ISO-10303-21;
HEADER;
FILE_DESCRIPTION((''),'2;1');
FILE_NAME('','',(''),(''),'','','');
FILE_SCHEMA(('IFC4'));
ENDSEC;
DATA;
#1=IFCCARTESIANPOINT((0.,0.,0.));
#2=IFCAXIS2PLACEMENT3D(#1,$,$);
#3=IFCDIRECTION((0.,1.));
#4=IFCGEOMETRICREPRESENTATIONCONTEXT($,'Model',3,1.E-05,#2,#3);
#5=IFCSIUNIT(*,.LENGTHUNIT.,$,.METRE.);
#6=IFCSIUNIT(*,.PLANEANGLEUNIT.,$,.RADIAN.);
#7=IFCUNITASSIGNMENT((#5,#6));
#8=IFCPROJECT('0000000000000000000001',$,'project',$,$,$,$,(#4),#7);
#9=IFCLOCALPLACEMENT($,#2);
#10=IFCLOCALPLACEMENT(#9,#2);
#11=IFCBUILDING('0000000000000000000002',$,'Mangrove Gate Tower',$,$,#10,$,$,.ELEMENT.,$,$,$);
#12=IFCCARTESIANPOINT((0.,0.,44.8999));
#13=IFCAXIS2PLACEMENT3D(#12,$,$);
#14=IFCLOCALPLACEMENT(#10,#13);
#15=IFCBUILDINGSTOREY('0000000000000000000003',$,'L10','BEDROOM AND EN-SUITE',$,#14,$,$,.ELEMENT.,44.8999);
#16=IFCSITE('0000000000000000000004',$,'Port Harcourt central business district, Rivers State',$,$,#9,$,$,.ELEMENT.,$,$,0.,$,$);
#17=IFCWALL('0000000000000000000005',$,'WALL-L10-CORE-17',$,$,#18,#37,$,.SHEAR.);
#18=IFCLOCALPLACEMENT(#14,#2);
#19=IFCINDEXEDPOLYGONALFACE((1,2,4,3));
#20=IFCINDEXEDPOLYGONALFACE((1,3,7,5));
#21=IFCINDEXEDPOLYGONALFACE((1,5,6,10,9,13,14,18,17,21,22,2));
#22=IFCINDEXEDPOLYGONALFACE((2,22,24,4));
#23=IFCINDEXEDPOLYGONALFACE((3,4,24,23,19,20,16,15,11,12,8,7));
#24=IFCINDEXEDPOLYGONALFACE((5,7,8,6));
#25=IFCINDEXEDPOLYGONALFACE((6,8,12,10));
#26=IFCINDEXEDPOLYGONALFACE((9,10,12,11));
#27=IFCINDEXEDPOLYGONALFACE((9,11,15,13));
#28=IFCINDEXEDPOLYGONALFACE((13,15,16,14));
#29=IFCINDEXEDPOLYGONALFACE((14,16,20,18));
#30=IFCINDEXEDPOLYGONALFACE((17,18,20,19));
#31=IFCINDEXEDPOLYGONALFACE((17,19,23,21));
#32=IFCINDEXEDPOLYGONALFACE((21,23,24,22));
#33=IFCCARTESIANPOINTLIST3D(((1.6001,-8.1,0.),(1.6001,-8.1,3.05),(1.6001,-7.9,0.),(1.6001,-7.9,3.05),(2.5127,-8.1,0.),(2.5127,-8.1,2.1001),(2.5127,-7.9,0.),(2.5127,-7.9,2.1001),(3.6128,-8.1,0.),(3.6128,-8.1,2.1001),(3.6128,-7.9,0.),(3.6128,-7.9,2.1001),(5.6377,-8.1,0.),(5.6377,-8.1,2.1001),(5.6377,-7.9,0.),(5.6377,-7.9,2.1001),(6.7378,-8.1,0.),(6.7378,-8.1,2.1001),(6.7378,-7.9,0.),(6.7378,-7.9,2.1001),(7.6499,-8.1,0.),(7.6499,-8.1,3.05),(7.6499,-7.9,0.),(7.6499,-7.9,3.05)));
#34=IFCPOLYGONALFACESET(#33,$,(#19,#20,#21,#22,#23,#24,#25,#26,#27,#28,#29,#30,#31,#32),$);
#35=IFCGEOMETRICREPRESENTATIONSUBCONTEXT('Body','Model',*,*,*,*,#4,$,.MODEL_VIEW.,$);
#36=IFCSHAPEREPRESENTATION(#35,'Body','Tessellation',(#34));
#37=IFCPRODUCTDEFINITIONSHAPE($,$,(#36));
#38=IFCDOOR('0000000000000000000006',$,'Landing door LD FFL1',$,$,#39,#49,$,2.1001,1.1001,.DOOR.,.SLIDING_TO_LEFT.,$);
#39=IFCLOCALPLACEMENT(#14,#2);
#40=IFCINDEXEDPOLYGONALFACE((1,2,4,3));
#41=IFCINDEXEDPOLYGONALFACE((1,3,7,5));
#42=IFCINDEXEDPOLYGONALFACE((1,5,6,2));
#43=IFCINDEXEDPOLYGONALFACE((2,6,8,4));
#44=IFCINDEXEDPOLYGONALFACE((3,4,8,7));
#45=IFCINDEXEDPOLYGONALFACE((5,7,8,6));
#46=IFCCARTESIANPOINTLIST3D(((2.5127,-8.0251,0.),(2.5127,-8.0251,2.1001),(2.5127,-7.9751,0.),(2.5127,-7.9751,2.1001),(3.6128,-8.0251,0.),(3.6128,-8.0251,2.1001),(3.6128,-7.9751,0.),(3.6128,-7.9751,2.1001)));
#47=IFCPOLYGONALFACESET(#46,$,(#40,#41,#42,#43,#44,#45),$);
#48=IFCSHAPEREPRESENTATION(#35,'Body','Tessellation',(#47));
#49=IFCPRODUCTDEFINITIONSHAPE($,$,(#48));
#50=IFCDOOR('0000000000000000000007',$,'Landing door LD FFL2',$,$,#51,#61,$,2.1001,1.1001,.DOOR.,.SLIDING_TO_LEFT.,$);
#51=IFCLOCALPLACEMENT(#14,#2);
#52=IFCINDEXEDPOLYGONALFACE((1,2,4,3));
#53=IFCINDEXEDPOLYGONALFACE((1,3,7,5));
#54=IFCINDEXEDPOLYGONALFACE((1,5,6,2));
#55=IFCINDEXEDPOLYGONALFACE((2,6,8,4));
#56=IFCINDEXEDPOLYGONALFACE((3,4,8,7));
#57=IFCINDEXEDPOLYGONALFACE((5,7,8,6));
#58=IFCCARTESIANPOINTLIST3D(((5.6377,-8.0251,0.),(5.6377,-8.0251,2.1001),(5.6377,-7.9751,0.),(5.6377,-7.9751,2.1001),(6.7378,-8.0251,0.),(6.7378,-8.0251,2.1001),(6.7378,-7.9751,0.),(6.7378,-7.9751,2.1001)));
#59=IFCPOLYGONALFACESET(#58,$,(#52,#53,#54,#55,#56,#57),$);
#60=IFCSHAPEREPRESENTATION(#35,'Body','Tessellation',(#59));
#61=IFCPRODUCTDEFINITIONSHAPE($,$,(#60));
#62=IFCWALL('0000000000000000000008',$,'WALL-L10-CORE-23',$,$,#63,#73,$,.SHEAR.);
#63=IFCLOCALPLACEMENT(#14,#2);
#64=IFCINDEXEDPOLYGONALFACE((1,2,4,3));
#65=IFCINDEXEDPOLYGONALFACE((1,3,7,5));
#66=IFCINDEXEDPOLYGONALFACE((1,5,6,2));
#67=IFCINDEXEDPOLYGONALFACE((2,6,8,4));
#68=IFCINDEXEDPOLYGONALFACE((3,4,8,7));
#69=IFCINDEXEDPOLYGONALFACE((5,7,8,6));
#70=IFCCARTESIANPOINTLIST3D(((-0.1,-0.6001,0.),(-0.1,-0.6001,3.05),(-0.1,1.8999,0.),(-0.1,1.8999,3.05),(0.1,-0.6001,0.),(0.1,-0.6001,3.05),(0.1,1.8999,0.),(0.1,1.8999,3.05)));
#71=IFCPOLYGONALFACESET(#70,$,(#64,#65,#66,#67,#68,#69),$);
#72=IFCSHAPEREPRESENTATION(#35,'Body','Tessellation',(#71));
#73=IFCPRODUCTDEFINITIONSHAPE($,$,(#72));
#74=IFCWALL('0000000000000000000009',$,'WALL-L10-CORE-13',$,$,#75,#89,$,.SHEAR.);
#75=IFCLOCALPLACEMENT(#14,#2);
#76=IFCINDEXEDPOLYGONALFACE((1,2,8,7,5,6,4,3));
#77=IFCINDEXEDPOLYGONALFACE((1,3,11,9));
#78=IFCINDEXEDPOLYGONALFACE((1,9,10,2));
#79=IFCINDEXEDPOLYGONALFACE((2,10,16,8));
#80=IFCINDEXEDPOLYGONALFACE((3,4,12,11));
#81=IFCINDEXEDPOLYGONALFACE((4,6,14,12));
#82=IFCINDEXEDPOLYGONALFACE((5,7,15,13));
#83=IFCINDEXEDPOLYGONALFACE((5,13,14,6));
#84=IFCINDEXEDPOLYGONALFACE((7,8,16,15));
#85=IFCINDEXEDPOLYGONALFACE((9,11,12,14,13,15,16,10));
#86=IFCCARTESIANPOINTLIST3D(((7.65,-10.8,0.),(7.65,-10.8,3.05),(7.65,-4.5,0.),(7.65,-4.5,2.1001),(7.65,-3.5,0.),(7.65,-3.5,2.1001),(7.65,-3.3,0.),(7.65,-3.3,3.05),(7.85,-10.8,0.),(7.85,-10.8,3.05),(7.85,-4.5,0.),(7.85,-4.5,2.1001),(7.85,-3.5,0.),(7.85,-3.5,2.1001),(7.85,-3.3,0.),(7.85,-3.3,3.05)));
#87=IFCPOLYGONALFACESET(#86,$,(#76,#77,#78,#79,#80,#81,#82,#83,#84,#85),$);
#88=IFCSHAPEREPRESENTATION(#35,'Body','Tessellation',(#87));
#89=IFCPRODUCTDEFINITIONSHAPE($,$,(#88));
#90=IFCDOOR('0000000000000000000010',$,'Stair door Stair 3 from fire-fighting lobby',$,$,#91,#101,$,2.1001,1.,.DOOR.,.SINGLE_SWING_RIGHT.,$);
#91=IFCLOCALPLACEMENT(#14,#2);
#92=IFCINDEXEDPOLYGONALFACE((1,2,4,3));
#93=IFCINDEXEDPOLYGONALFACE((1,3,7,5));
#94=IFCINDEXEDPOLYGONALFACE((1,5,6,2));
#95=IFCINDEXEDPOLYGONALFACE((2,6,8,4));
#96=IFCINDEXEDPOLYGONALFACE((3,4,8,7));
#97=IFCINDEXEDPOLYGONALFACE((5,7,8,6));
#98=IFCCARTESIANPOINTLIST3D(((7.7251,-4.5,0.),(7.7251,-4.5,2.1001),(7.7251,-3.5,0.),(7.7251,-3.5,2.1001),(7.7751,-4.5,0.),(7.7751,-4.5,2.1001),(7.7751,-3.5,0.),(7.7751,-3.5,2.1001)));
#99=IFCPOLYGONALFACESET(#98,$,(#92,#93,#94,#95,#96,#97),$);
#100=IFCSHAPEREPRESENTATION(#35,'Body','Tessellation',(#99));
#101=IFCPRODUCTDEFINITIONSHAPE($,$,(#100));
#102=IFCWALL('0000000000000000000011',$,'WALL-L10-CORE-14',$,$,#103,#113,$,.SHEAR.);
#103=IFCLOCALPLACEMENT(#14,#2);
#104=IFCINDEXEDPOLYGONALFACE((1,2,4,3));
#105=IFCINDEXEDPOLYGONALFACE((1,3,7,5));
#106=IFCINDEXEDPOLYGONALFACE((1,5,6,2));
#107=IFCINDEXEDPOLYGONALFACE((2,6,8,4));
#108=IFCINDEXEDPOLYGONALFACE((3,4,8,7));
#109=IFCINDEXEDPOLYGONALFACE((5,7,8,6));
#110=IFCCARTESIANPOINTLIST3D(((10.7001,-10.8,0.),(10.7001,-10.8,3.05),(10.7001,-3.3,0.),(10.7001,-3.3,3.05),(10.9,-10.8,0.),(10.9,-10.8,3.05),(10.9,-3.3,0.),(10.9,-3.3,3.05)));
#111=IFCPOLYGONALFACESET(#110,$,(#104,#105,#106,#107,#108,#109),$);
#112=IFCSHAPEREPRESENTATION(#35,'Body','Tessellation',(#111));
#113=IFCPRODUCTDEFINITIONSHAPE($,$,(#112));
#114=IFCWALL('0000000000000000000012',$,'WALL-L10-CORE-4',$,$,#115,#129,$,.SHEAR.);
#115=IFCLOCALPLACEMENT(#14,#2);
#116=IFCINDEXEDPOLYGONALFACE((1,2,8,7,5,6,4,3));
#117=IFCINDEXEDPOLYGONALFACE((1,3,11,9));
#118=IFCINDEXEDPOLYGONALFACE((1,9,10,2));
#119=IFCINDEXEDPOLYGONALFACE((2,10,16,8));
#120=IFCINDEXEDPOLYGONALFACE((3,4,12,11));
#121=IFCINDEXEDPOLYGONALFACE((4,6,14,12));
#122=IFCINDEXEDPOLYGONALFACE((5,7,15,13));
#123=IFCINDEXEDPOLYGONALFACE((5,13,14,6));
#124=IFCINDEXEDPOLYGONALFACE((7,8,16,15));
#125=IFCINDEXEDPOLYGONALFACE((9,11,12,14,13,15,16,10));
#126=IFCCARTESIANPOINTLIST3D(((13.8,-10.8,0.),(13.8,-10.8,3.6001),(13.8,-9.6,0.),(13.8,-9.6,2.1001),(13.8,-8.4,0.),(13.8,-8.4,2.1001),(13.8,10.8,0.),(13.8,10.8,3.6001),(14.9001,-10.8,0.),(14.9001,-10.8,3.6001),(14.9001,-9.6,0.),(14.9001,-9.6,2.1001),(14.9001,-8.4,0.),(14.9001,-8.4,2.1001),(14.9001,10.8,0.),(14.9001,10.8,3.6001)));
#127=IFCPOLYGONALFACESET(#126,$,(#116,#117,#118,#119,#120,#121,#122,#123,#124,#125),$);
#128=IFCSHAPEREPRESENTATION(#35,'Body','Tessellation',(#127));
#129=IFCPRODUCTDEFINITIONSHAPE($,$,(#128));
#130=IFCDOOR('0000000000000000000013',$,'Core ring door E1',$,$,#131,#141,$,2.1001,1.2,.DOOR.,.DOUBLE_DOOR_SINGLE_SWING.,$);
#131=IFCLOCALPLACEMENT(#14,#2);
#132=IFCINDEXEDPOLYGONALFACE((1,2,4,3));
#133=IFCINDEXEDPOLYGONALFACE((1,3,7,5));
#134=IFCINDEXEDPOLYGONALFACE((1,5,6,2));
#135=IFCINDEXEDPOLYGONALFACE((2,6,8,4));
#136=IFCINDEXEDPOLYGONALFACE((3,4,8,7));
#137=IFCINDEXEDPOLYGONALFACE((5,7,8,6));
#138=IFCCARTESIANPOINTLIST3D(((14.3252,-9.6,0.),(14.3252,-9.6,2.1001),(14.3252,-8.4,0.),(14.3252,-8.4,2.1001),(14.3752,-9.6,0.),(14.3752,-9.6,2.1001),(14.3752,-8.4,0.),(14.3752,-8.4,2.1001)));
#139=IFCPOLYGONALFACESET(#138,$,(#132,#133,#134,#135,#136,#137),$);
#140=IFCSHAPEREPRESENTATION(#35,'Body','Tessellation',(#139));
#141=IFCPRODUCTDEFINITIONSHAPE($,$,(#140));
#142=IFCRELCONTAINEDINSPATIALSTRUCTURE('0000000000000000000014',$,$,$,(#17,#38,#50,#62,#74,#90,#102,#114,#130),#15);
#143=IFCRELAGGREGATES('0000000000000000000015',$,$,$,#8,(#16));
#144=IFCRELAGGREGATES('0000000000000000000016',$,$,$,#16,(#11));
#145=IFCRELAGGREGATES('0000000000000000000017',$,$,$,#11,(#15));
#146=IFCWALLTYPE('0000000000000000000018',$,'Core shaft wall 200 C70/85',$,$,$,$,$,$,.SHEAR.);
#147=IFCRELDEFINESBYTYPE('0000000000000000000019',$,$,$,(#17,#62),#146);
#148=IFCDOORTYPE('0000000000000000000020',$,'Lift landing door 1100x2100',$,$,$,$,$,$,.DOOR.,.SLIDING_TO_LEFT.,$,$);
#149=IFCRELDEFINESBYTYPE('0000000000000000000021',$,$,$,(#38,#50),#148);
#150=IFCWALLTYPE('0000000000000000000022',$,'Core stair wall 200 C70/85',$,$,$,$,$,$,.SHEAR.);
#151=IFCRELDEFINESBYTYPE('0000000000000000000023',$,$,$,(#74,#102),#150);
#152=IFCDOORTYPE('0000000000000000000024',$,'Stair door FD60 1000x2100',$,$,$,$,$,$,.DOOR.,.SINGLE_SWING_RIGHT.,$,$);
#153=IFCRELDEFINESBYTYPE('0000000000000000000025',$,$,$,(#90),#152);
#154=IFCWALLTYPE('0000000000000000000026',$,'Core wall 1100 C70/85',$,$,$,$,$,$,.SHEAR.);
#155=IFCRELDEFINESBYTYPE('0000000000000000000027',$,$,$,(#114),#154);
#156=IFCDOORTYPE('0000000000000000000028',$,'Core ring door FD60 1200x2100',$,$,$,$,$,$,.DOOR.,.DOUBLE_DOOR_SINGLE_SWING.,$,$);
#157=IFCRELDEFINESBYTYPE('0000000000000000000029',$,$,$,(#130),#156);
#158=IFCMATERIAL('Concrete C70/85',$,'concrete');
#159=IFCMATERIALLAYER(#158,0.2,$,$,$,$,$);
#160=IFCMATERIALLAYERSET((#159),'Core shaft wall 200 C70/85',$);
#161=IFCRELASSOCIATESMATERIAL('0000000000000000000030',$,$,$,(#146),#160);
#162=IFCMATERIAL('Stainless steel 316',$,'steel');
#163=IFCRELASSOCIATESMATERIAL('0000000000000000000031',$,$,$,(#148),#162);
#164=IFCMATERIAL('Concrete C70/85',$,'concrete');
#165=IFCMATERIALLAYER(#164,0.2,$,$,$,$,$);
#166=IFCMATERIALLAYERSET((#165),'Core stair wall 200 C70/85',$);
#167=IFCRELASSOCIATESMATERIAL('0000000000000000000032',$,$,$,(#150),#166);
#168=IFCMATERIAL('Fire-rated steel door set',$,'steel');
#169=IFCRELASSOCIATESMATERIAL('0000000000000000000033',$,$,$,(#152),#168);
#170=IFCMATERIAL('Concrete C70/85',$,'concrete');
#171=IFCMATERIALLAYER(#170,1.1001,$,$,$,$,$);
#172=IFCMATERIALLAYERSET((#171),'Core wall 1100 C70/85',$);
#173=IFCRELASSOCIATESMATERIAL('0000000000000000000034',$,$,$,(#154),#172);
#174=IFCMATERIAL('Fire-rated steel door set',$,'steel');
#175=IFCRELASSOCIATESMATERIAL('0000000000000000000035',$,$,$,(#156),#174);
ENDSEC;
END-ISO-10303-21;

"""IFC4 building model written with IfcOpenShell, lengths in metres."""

from ifc_helpers import new_model, si_unit, direction, frame, frame_2d, origin, place, context, subcontext, project, spatial, rectangle, extrude, material, layer, layer_set, type_object, element, fill, save


model = new_model("IFC4")

# Units and contexts
model_context = context("Model", 3, precision=1e-05, world=origin(), true_north=direction((0.0, 1.0)))
body_context = subcontext(model_context, "Body", "Model", "MODEL_VIEW")
ifc_project = project(units=[si_unit("LENGTHUNIT", "METRE"), si_unit("PLANEANGLEUNIT", "RADIAN")], contexts=[model_context])

# Site, building, storey
site_placement = place(None, origin())
site = spatial("IfcSite", under=ifc_project, at=site_placement, Name="Port Harcourt central business district, Rivers State", CompositionType="ELEMENT", RefElevation=0.0)
building_placement = place(site_placement, origin())
building = spatial("IfcBuilding", under=site, at=building_placement, Name="Mangrove Gate Tower", CompositionType="ELEMENT")
storey_placement = place(building_placement, frame((0.0, 0.0, 44.8999)))
storey = spatial("IfcBuildingStorey", under=building, at=storey_placement, Name="L10", Description="BEDROOM AND EN-SUITE", CompositionType="ELEMENT", Elevation=44.8999)

# Wall, openings, doors
ifc_material_1 = material(Name="Concrete C70/85", Category="concrete")
ifc_layer_1 = layer(ifc_material_1, 0.2)
ifc_layer_set_1 = layer_set([ifc_layer_1], Name="Core shaft wall 200 C70/85")
wall_type_1 = type_object("IfcWallType", Name="Core shaft wall 200 C70/85", PredefinedType="SHEAR", material=ifc_layer_set_1)
wall_1_placement = place(storey_placement, frame((1.6001, -8.0, 0.0), z_axis=(0.0, 0.0, 1.0), x_axis=(1.0, 0.0, 0.0)))
wall_1 = element("IfcWall", 1, at=wall_1_placement, inside=storey, type_object=wall_type_1, Name="WALL-L10-CORE-17", PredefinedType="SHEAR", context=body_context, shape_type="SweptSolid", body=[
    extrude(rectangle(XDim=6.0498, YDim=0.2, at=frame_2d((3.0249, 0.0))), origin(), (0.0, 0.0, 1.0), 3.05),
])
opening_1_placement = place(wall_1_placement, frame((0.9126, 0.0, 0.0)))
opening_1 = element("IfcOpeningElement", 2, at=opening_1_placement, cuts=wall_1, PredefinedType="OPENING", context=body_context, shape_type="SweptSolid", body=[
    extrude(rectangle(XDim=1.1001, YDim=2.1001, at=frame_2d((0.55, 1.05))), frame((0.0, 0.1099, 0.0), z_axis=(0.0, -1.0, 0.0), x_axis=(1.0, 0.0, 0.0)), (0.0, 0.0, 1.0), 0.22),
])
opening_2_placement = place(wall_1_placement, frame((4.0376, 0.0, 0.0)))
opening_2 = element("IfcOpeningElement", 3, at=opening_2_placement, cuts=wall_1, PredefinedType="OPENING", context=body_context, shape_type="SweptSolid", body=[
    extrude(rectangle(XDim=1.1001, YDim=2.1001, at=frame_2d((0.55, 1.05))), frame((0.0, 0.1099, 0.0), z_axis=(0.0, -1.0, 0.0), x_axis=(1.0, 0.0, 0.0)), (0.0, 0.0, 1.0), 0.22),
])
ifc_material_2 = material(Name="Stainless steel 316", Category="steel")
door_type_1 = type_object("IfcDoorType", Name="Lift landing door 1100x2100", OperationType="SLIDING_TO_LEFT", PredefinedType="DOOR", material=ifc_material_2)
door_1_placement = place(opening_1_placement, origin())
door_1 = element("IfcDoor", 4, at=door_1_placement, inside=storey, type_object=door_type_1, Name="Landing door LD FFL1", OperationType="SLIDING_TO_LEFT", OverallHeight=2.1001, OverallWidth=1.1001, PredefinedType="DOOR", context=body_context, shape_type="SweptSolid", body=[
    extrude(rectangle(XDim=1.1001, YDim=2.1001, at=frame_2d((0.55, 1.05))), frame((0.0, 0.0249, 0.0), z_axis=(0.0, -1.0, 0.0), x_axis=(1.0, 0.0, 0.0)), (0.0, 0.0, 1.0), 0.05),
])
fill(opening_1, door_1)
door_2_placement = place(opening_2_placement, origin())
door_2 = element("IfcDoor", 5, at=door_2_placement, inside=storey, type_object=door_type_1, Name="Landing door LD FFL2", OperationType="SLIDING_TO_LEFT", OverallHeight=2.1001, OverallWidth=1.1001, PredefinedType="DOOR", context=body_context, shape_type="SweptSolid", body=[
    extrude(rectangle(XDim=1.1001, YDim=2.1001, at=frame_2d((0.55, 1.05))), frame((0.0, 0.0249, 0.0), z_axis=(0.0, -1.0, 0.0), x_axis=(1.0, 0.0, 0.0)), (0.0, 0.0, 1.0), 0.05),
])
fill(opening_2, door_2)

# Wall
wall_2_placement = place(storey_placement, frame((0.0, -0.6001, 0.0), z_axis=(0.0, 0.0, 1.0), x_axis=(0.0, 1.0, 0.0)))
element("IfcWall", 6, at=wall_2_placement, inside=storey, type_object=wall_type_1, Name="WALL-L10-CORE-23", PredefinedType="SHEAR", context=body_context, shape_type="SweptSolid", body=[
    extrude(rectangle(XDim=2.5, YDim=0.2, at=frame_2d((1.25, 0.0))), origin(), (0.0, 0.0, 1.0), 3.05),
])

# Wall, opening, door
ifc_material_3 = material(Name="Concrete C70/85", Category="concrete")
ifc_layer_2 = layer(ifc_material_3, 0.2)
ifc_layer_set_2 = layer_set([ifc_layer_2], Name="Core stair wall 200 C70/85")
wall_type_2 = type_object("IfcWallType", Name="Core stair wall 200 C70/85", PredefinedType="SHEAR", material=ifc_layer_set_2)
wall_3_placement = place(storey_placement, frame((7.75, -10.8, 0.0), z_axis=(0.0, 0.0, 1.0), x_axis=(0.0, 1.0, 0.0)))
wall_3 = element("IfcWall", 7, at=wall_3_placement, inside=storey, type_object=wall_type_2, Name="WALL-L10-CORE-13", PredefinedType="SHEAR", context=body_context, shape_type="SweptSolid", body=[
    extrude(rectangle(XDim=7.5, YDim=0.2, at=frame_2d((3.75, 0.0))), origin(), (0.0, 0.0, 1.0), 3.05),
])
opening_3_placement = place(wall_3_placement, frame((6.3, 0.0, 0.0)))
opening_3 = element("IfcOpeningElement", 8, at=opening_3_placement, cuts=wall_3, PredefinedType="OPENING", context=body_context, shape_type="SweptSolid", body=[
    extrude(rectangle(XDim=1.0, YDim=2.1001, at=frame_2d((0.5, 1.05))), frame((0.0, 0.1099, 0.0), z_axis=(0.0, -1.0, 0.0), x_axis=(1.0, 0.0, 0.0)), (0.0, 0.0, 1.0), 0.22),
])
ifc_material_4 = material(Name="Fire-rated steel door set", Category="steel")
door_type_2 = type_object("IfcDoorType", Name="Stair door FD60 1000x2100", OperationType="SINGLE_SWING_RIGHT", PredefinedType="DOOR", material=ifc_material_4)
door_3_placement = place(opening_3_placement, origin())
door_3 = element("IfcDoor", 9, at=door_3_placement, inside=storey, type_object=door_type_2, Name="Stair door Stair 3 from fire-fighting lobby", OperationType="SINGLE_SWING_RIGHT", OverallHeight=2.1001, OverallWidth=1.0, PredefinedType="DOOR", context=body_context, shape_type="SweptSolid", body=[
    extrude(rectangle(XDim=1.0, YDim=2.1001, at=frame_2d((0.5, 1.05))), frame((0.0, 0.0249, 0.0), z_axis=(0.0, -1.0, 0.0), x_axis=(1.0, 0.0, 0.0)), (0.0, 0.0, 1.0), 0.05),
])
fill(opening_3, door_3)

# Wall
wall_4_placement = place(storey_placement, frame((10.8, -10.8, 0.0), z_axis=(0.0, 0.0, 1.0), x_axis=(0.0, 1.0, 0.0)))
element("IfcWall", 10, at=wall_4_placement, inside=storey, type_object=wall_type_2, Name="WALL-L10-CORE-14", PredefinedType="SHEAR", context=body_context, shape_type="SweptSolid", body=[
    extrude(rectangle(XDim=7.5, YDim=0.2, at=frame_2d((3.75, 0.0))), origin(), (0.0, 0.0, 1.0), 3.05),
])

# Wall, opening, door
ifc_material_5 = material(Name="Concrete C70/85", Category="concrete")
ifc_layer_3 = layer(ifc_material_5, 1.1001)
ifc_layer_set_3 = layer_set([ifc_layer_3], Name="Core wall 1100 C70/85")
wall_type_3 = type_object("IfcWallType", Name="Core wall 1100 C70/85", PredefinedType="SHEAR", material=ifc_layer_set_3)
wall_5_placement = place(storey_placement, frame((14.3501, -10.8, 0.0), z_axis=(0.0, 0.0, 1.0), x_axis=(0.0, 1.0, 0.0)))
wall_5 = element("IfcWall", 11, at=wall_5_placement, inside=storey, type_object=wall_type_3, Name="WALL-L10-CORE-4", PredefinedType="SHEAR", context=body_context, shape_type="SweptSolid", body=[
    extrude(rectangle(XDim=21.6001, YDim=1.1001, at=frame_2d((10.8, 0.0))), origin(), (0.0, 0.0, 1.0), 3.6001),
])
opening_4_placement = place(wall_5_placement, frame((1.2, 0.0, 0.0)))
opening_4 = element("IfcOpeningElement", 12, at=opening_4_placement, cuts=wall_5, PredefinedType="OPENING", context=body_context, shape_type="SweptSolid", body=[
    extrude(rectangle(XDim=1.2, YDim=2.1001, at=frame_2d((0.6001, 1.05))), frame((0.0, 0.5601, 0.0), z_axis=(0.0, -1.0, 0.0), x_axis=(1.0, 0.0, 0.0)), (0.0, 0.0, 1.0), 1.1201),
])
ifc_material_6 = material(Name="Fire-rated steel door set", Category="steel")
door_type_3 = type_object("IfcDoorType", Name="Core ring door FD60 1200x2100", OperationType="DOUBLE_DOOR_SINGLE_SWING", PredefinedType="DOOR", material=ifc_material_6)
door_4_placement = place(opening_4_placement, origin())
door_4 = element("IfcDoor", 13, at=door_4_placement, inside=storey, type_object=door_type_3, Name="Core ring door E1", OperationType="DOUBLE_DOOR_SINGLE_SWING", OverallHeight=2.1001, OverallWidth=1.2, PredefinedType="DOOR", context=body_context, shape_type="SweptSolid", body=[
    extrude(rectangle(XDim=1.2, YDim=2.1001, at=frame_2d((0.6001, 1.05))), frame((0.0, 0.0249, 0.0), z_axis=(0.0, -1.0, 0.0), x_axis=(1.0, 0.0, 0.0)), (0.0, 0.0, 1.0), 0.05),
])
fill(opening_4, door_4)

save(model, "model.ifc")
